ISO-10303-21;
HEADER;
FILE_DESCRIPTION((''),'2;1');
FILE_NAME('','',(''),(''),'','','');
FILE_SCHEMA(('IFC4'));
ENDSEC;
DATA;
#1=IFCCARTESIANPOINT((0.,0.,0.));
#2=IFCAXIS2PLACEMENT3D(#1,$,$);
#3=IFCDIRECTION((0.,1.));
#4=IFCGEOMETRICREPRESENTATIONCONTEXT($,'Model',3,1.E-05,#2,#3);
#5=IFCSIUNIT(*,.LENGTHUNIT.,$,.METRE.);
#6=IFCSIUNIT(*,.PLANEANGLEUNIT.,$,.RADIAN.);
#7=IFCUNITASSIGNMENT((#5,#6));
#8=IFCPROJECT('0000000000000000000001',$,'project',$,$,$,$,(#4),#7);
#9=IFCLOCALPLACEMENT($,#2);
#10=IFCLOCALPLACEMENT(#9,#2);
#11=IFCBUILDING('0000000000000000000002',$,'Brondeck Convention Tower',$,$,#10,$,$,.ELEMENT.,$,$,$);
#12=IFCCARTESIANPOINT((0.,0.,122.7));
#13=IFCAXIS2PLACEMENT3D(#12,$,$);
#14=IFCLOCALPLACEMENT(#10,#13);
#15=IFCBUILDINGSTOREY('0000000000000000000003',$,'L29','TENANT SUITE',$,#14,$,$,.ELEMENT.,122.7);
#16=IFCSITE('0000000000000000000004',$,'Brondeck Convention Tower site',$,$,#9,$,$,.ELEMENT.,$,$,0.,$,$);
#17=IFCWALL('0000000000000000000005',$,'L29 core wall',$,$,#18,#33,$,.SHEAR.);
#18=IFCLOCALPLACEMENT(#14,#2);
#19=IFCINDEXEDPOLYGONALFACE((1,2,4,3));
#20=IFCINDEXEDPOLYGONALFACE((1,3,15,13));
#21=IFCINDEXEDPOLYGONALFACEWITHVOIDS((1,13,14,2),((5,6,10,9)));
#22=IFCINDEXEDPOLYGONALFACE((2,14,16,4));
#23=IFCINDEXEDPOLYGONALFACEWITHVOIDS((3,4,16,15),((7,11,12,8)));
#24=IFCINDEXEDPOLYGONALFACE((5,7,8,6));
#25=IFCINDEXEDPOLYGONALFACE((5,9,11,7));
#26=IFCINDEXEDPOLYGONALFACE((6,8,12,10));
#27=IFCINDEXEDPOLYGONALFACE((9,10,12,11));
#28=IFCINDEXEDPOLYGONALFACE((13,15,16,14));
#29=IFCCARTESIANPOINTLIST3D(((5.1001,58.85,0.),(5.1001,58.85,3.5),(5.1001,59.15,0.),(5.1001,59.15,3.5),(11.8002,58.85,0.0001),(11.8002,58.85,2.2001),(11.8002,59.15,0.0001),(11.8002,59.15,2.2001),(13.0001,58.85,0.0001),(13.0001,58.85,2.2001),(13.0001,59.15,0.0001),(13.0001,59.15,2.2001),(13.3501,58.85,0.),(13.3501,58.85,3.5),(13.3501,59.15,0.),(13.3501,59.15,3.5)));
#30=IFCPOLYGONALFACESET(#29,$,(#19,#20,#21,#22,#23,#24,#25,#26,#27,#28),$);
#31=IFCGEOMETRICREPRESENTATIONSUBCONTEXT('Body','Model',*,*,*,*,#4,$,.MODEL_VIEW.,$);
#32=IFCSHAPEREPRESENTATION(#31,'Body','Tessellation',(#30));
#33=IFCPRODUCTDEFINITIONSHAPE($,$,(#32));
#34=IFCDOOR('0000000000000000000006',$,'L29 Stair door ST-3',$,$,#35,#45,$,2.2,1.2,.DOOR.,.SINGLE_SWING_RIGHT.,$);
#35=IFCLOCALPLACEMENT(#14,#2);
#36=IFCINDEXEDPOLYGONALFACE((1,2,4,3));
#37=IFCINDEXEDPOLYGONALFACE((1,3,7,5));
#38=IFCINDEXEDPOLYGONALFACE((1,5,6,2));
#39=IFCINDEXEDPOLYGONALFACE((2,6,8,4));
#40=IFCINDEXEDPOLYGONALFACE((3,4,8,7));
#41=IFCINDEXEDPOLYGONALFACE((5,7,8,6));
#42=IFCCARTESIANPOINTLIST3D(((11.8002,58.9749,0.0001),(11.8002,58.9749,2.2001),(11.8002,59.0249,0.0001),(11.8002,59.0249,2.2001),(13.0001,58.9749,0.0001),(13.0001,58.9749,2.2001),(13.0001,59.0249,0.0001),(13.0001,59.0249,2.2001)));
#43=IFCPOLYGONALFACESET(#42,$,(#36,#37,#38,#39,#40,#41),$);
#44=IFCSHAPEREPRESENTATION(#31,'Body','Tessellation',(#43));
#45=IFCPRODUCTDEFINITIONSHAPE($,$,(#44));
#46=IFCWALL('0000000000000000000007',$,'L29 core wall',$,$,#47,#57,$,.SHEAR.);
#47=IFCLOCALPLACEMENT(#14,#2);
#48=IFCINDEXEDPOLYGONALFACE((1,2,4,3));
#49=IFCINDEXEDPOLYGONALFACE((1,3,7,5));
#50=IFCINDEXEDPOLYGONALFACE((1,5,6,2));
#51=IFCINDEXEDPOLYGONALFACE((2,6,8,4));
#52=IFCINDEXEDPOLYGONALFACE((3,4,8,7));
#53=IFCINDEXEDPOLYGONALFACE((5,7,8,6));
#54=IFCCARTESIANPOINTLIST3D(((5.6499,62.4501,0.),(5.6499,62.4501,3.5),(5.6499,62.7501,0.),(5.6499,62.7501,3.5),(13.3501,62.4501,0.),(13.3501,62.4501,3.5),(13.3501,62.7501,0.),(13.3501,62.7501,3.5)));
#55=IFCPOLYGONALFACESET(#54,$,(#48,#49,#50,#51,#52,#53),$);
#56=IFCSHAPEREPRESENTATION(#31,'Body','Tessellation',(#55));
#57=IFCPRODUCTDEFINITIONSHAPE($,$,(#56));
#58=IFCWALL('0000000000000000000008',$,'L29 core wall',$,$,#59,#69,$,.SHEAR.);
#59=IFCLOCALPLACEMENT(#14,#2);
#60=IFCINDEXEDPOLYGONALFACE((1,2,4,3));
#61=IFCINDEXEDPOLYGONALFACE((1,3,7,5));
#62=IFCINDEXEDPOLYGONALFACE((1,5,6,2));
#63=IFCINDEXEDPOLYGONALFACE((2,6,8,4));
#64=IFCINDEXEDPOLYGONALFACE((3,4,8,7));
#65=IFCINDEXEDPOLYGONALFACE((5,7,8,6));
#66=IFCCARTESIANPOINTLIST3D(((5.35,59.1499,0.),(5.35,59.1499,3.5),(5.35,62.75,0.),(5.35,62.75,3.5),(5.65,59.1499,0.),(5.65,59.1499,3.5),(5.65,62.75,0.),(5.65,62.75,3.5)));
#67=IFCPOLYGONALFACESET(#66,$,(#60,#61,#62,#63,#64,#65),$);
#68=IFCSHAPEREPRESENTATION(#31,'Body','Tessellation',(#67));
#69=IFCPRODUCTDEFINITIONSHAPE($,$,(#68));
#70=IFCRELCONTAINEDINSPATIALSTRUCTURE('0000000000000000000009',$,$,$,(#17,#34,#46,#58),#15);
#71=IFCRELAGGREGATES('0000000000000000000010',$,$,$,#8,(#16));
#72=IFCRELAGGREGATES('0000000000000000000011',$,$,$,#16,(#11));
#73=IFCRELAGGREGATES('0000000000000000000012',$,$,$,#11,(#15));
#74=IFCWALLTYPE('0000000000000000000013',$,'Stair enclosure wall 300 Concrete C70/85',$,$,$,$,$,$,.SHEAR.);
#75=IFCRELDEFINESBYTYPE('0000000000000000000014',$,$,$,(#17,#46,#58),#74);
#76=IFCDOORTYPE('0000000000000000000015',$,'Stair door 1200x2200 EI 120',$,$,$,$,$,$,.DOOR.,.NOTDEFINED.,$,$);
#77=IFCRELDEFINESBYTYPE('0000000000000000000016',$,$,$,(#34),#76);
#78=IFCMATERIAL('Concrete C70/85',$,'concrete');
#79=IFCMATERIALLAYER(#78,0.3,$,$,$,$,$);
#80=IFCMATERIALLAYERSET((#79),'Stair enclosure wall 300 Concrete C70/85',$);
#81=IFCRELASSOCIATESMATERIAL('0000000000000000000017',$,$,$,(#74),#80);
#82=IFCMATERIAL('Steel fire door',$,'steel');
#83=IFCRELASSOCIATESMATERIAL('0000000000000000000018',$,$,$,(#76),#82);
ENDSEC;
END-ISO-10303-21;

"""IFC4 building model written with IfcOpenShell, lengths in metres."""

from ifc_helpers import new_model, si_unit, direction, frame, frame_2d, origin, place, context, subcontext, project, spatial, rectangle, extrude, material, layer, layer_set, type_object, element, fill, save


model = new_model("IFC4")

# Units and contexts
model_context = context("Model", 3, precision=1e-05, world=origin(), true_north=direction((0.0, 1.0)))
body_context = subcontext(model_context, "Body", "Model", "MODEL_VIEW")
ifc_project = project(units=[si_unit("LENGTHUNIT", "METRE"), si_unit("PLANEANGLEUNIT", "RADIAN")], contexts=[model_context])

# Site, building, storey
site_placement = place(None, origin())
site = spatial("IfcSite", under=ifc_project, at=site_placement, Name="Brondeck Convention Tower site", CompositionType="ELEMENT", RefElevation=0.0)
building_placement = place(site_placement, origin())
building = spatial("IfcBuilding", under=site, at=building_placement, Name="Brondeck Convention Tower", CompositionType="ELEMENT")
storey_placement = place(building_placement, frame((0.0, 0.0, 122.7)))
storey = spatial("IfcBuildingStorey", under=building, at=storey_placement, Name="L29", Description="TENANT SUITE", CompositionType="ELEMENT", Elevation=122.7)

# Shared definitions
ifc_material_1 = material(Name="Concrete C70/85", Category="concrete")

# Wall, opening, door
ifc_layer_1 = layer(ifc_material_1, 0.3)
ifc_layer_set_1 = layer_set([ifc_layer_1], Name="Stair enclosure wall 300 Concrete C70/85")
wall_type_1 = type_object("IfcWallType", Name="Stair enclosure wall 300 Concrete C70/85", PredefinedType="SHEAR", material=ifc_layer_set_1)
wall_1_placement = place(storey_placement, frame((5.1001, 59.0, 0.0), z_axis=(0.0, 0.0, 1.0), x_axis=(1.0, 0.0, 0.0)))
wall_1 = element("IfcWall", 1, at=wall_1_placement, inside=storey, type_object=wall_type_1, Name="L29 core wall", PredefinedType="SHEAR", context=body_context, shape_type="SweptSolid", body=[
    extrude(rectangle(XDim=8.25, YDim=0.3, at=frame_2d((4.125, 0.0))), origin(), (0.0, 0.0, 1.0), 3.5),
])
opening_1_placement = place(wall_1_placement, frame((6.7, 0.0, 0.0)))
opening_1 = element("IfcOpeningElement", 2, at=opening_1_placement, cuts=wall_1, PredefinedType="OPENING", context=body_context, shape_type="SweptSolid", body=[
    extrude(rectangle(XDim=1.2, YDim=2.2, at=frame_2d((0.6001, 1.1001))), frame((0.0, 0.1599, 0.0), z_axis=(0.0, -1.0, 0.0), x_axis=(1.0, 0.0, 0.0)), (0.0, 0.0, 1.0), 0.3201),
])
ifc_material_2 = material(Name="Steel fire door", Category="steel")
door_type_1 = type_object("IfcDoorType", Name="Stair door 1200x2200 EI 120", OperationType="NOTDEFINED", PredefinedType="DOOR", material=ifc_material_2)
door_1_placement = place(opening_1_placement, origin())
door_1 = element("IfcDoor", 3, at=door_1_placement, inside=storey, type_object=door_type_1, Name="L29 Stair door ST-3", OperationType="SINGLE_SWING_RIGHT", OverallHeight=2.2, OverallWidth=1.2, PredefinedType="DOOR", context=body_context, shape_type="SweptSolid", body=[
    extrude(rectangle(XDim=1.2, YDim=2.2, at=frame_2d((0.6001, 1.1001))), frame((0.0, 0.0249, 0.0), z_axis=(0.0, -1.0, 0.0), x_axis=(1.0, 0.0, 0.0)), (0.0, 0.0, 1.0), 0.05),
])
fill(opening_1, door_1)

# Walls
wall_2_placement = place(storey_placement, frame((5.6499, 62.6001, 0.0), z_axis=(0.0, 0.0, 1.0), x_axis=(1.0, 0.0, 0.0)))
element("IfcWall", 4, at=wall_2_placement, inside=storey, type_object=wall_type_1, Name="L29 core wall", PredefinedType="SHEAR", context=body_context, shape_type="SweptSolid", body=[
    extrude(rectangle(XDim=7.7002, YDim=0.3, at=frame_2d((3.8501, 0.0))), origin(), (0.0, 0.0, 1.0), 3.5),
])
wall_3_placement = place(storey_placement, frame((5.5, 59.1499, 0.0), z_axis=(0.0, 0.0, 1.0), x_axis=(0.0, 1.0, 0.0)))
element("IfcWall", 5, at=wall_3_placement, inside=storey, type_object=wall_type_1, Name="L29 core wall", PredefinedType="SHEAR", context=body_context, shape_type="SweptSolid", body=[
    extrude(rectangle(XDim=3.6001, YDim=0.3, at=frame_2d((1.8, 0.0))), origin(), (0.0, 0.0, 1.0), 3.5),
])

save(model, "model.ifc")
